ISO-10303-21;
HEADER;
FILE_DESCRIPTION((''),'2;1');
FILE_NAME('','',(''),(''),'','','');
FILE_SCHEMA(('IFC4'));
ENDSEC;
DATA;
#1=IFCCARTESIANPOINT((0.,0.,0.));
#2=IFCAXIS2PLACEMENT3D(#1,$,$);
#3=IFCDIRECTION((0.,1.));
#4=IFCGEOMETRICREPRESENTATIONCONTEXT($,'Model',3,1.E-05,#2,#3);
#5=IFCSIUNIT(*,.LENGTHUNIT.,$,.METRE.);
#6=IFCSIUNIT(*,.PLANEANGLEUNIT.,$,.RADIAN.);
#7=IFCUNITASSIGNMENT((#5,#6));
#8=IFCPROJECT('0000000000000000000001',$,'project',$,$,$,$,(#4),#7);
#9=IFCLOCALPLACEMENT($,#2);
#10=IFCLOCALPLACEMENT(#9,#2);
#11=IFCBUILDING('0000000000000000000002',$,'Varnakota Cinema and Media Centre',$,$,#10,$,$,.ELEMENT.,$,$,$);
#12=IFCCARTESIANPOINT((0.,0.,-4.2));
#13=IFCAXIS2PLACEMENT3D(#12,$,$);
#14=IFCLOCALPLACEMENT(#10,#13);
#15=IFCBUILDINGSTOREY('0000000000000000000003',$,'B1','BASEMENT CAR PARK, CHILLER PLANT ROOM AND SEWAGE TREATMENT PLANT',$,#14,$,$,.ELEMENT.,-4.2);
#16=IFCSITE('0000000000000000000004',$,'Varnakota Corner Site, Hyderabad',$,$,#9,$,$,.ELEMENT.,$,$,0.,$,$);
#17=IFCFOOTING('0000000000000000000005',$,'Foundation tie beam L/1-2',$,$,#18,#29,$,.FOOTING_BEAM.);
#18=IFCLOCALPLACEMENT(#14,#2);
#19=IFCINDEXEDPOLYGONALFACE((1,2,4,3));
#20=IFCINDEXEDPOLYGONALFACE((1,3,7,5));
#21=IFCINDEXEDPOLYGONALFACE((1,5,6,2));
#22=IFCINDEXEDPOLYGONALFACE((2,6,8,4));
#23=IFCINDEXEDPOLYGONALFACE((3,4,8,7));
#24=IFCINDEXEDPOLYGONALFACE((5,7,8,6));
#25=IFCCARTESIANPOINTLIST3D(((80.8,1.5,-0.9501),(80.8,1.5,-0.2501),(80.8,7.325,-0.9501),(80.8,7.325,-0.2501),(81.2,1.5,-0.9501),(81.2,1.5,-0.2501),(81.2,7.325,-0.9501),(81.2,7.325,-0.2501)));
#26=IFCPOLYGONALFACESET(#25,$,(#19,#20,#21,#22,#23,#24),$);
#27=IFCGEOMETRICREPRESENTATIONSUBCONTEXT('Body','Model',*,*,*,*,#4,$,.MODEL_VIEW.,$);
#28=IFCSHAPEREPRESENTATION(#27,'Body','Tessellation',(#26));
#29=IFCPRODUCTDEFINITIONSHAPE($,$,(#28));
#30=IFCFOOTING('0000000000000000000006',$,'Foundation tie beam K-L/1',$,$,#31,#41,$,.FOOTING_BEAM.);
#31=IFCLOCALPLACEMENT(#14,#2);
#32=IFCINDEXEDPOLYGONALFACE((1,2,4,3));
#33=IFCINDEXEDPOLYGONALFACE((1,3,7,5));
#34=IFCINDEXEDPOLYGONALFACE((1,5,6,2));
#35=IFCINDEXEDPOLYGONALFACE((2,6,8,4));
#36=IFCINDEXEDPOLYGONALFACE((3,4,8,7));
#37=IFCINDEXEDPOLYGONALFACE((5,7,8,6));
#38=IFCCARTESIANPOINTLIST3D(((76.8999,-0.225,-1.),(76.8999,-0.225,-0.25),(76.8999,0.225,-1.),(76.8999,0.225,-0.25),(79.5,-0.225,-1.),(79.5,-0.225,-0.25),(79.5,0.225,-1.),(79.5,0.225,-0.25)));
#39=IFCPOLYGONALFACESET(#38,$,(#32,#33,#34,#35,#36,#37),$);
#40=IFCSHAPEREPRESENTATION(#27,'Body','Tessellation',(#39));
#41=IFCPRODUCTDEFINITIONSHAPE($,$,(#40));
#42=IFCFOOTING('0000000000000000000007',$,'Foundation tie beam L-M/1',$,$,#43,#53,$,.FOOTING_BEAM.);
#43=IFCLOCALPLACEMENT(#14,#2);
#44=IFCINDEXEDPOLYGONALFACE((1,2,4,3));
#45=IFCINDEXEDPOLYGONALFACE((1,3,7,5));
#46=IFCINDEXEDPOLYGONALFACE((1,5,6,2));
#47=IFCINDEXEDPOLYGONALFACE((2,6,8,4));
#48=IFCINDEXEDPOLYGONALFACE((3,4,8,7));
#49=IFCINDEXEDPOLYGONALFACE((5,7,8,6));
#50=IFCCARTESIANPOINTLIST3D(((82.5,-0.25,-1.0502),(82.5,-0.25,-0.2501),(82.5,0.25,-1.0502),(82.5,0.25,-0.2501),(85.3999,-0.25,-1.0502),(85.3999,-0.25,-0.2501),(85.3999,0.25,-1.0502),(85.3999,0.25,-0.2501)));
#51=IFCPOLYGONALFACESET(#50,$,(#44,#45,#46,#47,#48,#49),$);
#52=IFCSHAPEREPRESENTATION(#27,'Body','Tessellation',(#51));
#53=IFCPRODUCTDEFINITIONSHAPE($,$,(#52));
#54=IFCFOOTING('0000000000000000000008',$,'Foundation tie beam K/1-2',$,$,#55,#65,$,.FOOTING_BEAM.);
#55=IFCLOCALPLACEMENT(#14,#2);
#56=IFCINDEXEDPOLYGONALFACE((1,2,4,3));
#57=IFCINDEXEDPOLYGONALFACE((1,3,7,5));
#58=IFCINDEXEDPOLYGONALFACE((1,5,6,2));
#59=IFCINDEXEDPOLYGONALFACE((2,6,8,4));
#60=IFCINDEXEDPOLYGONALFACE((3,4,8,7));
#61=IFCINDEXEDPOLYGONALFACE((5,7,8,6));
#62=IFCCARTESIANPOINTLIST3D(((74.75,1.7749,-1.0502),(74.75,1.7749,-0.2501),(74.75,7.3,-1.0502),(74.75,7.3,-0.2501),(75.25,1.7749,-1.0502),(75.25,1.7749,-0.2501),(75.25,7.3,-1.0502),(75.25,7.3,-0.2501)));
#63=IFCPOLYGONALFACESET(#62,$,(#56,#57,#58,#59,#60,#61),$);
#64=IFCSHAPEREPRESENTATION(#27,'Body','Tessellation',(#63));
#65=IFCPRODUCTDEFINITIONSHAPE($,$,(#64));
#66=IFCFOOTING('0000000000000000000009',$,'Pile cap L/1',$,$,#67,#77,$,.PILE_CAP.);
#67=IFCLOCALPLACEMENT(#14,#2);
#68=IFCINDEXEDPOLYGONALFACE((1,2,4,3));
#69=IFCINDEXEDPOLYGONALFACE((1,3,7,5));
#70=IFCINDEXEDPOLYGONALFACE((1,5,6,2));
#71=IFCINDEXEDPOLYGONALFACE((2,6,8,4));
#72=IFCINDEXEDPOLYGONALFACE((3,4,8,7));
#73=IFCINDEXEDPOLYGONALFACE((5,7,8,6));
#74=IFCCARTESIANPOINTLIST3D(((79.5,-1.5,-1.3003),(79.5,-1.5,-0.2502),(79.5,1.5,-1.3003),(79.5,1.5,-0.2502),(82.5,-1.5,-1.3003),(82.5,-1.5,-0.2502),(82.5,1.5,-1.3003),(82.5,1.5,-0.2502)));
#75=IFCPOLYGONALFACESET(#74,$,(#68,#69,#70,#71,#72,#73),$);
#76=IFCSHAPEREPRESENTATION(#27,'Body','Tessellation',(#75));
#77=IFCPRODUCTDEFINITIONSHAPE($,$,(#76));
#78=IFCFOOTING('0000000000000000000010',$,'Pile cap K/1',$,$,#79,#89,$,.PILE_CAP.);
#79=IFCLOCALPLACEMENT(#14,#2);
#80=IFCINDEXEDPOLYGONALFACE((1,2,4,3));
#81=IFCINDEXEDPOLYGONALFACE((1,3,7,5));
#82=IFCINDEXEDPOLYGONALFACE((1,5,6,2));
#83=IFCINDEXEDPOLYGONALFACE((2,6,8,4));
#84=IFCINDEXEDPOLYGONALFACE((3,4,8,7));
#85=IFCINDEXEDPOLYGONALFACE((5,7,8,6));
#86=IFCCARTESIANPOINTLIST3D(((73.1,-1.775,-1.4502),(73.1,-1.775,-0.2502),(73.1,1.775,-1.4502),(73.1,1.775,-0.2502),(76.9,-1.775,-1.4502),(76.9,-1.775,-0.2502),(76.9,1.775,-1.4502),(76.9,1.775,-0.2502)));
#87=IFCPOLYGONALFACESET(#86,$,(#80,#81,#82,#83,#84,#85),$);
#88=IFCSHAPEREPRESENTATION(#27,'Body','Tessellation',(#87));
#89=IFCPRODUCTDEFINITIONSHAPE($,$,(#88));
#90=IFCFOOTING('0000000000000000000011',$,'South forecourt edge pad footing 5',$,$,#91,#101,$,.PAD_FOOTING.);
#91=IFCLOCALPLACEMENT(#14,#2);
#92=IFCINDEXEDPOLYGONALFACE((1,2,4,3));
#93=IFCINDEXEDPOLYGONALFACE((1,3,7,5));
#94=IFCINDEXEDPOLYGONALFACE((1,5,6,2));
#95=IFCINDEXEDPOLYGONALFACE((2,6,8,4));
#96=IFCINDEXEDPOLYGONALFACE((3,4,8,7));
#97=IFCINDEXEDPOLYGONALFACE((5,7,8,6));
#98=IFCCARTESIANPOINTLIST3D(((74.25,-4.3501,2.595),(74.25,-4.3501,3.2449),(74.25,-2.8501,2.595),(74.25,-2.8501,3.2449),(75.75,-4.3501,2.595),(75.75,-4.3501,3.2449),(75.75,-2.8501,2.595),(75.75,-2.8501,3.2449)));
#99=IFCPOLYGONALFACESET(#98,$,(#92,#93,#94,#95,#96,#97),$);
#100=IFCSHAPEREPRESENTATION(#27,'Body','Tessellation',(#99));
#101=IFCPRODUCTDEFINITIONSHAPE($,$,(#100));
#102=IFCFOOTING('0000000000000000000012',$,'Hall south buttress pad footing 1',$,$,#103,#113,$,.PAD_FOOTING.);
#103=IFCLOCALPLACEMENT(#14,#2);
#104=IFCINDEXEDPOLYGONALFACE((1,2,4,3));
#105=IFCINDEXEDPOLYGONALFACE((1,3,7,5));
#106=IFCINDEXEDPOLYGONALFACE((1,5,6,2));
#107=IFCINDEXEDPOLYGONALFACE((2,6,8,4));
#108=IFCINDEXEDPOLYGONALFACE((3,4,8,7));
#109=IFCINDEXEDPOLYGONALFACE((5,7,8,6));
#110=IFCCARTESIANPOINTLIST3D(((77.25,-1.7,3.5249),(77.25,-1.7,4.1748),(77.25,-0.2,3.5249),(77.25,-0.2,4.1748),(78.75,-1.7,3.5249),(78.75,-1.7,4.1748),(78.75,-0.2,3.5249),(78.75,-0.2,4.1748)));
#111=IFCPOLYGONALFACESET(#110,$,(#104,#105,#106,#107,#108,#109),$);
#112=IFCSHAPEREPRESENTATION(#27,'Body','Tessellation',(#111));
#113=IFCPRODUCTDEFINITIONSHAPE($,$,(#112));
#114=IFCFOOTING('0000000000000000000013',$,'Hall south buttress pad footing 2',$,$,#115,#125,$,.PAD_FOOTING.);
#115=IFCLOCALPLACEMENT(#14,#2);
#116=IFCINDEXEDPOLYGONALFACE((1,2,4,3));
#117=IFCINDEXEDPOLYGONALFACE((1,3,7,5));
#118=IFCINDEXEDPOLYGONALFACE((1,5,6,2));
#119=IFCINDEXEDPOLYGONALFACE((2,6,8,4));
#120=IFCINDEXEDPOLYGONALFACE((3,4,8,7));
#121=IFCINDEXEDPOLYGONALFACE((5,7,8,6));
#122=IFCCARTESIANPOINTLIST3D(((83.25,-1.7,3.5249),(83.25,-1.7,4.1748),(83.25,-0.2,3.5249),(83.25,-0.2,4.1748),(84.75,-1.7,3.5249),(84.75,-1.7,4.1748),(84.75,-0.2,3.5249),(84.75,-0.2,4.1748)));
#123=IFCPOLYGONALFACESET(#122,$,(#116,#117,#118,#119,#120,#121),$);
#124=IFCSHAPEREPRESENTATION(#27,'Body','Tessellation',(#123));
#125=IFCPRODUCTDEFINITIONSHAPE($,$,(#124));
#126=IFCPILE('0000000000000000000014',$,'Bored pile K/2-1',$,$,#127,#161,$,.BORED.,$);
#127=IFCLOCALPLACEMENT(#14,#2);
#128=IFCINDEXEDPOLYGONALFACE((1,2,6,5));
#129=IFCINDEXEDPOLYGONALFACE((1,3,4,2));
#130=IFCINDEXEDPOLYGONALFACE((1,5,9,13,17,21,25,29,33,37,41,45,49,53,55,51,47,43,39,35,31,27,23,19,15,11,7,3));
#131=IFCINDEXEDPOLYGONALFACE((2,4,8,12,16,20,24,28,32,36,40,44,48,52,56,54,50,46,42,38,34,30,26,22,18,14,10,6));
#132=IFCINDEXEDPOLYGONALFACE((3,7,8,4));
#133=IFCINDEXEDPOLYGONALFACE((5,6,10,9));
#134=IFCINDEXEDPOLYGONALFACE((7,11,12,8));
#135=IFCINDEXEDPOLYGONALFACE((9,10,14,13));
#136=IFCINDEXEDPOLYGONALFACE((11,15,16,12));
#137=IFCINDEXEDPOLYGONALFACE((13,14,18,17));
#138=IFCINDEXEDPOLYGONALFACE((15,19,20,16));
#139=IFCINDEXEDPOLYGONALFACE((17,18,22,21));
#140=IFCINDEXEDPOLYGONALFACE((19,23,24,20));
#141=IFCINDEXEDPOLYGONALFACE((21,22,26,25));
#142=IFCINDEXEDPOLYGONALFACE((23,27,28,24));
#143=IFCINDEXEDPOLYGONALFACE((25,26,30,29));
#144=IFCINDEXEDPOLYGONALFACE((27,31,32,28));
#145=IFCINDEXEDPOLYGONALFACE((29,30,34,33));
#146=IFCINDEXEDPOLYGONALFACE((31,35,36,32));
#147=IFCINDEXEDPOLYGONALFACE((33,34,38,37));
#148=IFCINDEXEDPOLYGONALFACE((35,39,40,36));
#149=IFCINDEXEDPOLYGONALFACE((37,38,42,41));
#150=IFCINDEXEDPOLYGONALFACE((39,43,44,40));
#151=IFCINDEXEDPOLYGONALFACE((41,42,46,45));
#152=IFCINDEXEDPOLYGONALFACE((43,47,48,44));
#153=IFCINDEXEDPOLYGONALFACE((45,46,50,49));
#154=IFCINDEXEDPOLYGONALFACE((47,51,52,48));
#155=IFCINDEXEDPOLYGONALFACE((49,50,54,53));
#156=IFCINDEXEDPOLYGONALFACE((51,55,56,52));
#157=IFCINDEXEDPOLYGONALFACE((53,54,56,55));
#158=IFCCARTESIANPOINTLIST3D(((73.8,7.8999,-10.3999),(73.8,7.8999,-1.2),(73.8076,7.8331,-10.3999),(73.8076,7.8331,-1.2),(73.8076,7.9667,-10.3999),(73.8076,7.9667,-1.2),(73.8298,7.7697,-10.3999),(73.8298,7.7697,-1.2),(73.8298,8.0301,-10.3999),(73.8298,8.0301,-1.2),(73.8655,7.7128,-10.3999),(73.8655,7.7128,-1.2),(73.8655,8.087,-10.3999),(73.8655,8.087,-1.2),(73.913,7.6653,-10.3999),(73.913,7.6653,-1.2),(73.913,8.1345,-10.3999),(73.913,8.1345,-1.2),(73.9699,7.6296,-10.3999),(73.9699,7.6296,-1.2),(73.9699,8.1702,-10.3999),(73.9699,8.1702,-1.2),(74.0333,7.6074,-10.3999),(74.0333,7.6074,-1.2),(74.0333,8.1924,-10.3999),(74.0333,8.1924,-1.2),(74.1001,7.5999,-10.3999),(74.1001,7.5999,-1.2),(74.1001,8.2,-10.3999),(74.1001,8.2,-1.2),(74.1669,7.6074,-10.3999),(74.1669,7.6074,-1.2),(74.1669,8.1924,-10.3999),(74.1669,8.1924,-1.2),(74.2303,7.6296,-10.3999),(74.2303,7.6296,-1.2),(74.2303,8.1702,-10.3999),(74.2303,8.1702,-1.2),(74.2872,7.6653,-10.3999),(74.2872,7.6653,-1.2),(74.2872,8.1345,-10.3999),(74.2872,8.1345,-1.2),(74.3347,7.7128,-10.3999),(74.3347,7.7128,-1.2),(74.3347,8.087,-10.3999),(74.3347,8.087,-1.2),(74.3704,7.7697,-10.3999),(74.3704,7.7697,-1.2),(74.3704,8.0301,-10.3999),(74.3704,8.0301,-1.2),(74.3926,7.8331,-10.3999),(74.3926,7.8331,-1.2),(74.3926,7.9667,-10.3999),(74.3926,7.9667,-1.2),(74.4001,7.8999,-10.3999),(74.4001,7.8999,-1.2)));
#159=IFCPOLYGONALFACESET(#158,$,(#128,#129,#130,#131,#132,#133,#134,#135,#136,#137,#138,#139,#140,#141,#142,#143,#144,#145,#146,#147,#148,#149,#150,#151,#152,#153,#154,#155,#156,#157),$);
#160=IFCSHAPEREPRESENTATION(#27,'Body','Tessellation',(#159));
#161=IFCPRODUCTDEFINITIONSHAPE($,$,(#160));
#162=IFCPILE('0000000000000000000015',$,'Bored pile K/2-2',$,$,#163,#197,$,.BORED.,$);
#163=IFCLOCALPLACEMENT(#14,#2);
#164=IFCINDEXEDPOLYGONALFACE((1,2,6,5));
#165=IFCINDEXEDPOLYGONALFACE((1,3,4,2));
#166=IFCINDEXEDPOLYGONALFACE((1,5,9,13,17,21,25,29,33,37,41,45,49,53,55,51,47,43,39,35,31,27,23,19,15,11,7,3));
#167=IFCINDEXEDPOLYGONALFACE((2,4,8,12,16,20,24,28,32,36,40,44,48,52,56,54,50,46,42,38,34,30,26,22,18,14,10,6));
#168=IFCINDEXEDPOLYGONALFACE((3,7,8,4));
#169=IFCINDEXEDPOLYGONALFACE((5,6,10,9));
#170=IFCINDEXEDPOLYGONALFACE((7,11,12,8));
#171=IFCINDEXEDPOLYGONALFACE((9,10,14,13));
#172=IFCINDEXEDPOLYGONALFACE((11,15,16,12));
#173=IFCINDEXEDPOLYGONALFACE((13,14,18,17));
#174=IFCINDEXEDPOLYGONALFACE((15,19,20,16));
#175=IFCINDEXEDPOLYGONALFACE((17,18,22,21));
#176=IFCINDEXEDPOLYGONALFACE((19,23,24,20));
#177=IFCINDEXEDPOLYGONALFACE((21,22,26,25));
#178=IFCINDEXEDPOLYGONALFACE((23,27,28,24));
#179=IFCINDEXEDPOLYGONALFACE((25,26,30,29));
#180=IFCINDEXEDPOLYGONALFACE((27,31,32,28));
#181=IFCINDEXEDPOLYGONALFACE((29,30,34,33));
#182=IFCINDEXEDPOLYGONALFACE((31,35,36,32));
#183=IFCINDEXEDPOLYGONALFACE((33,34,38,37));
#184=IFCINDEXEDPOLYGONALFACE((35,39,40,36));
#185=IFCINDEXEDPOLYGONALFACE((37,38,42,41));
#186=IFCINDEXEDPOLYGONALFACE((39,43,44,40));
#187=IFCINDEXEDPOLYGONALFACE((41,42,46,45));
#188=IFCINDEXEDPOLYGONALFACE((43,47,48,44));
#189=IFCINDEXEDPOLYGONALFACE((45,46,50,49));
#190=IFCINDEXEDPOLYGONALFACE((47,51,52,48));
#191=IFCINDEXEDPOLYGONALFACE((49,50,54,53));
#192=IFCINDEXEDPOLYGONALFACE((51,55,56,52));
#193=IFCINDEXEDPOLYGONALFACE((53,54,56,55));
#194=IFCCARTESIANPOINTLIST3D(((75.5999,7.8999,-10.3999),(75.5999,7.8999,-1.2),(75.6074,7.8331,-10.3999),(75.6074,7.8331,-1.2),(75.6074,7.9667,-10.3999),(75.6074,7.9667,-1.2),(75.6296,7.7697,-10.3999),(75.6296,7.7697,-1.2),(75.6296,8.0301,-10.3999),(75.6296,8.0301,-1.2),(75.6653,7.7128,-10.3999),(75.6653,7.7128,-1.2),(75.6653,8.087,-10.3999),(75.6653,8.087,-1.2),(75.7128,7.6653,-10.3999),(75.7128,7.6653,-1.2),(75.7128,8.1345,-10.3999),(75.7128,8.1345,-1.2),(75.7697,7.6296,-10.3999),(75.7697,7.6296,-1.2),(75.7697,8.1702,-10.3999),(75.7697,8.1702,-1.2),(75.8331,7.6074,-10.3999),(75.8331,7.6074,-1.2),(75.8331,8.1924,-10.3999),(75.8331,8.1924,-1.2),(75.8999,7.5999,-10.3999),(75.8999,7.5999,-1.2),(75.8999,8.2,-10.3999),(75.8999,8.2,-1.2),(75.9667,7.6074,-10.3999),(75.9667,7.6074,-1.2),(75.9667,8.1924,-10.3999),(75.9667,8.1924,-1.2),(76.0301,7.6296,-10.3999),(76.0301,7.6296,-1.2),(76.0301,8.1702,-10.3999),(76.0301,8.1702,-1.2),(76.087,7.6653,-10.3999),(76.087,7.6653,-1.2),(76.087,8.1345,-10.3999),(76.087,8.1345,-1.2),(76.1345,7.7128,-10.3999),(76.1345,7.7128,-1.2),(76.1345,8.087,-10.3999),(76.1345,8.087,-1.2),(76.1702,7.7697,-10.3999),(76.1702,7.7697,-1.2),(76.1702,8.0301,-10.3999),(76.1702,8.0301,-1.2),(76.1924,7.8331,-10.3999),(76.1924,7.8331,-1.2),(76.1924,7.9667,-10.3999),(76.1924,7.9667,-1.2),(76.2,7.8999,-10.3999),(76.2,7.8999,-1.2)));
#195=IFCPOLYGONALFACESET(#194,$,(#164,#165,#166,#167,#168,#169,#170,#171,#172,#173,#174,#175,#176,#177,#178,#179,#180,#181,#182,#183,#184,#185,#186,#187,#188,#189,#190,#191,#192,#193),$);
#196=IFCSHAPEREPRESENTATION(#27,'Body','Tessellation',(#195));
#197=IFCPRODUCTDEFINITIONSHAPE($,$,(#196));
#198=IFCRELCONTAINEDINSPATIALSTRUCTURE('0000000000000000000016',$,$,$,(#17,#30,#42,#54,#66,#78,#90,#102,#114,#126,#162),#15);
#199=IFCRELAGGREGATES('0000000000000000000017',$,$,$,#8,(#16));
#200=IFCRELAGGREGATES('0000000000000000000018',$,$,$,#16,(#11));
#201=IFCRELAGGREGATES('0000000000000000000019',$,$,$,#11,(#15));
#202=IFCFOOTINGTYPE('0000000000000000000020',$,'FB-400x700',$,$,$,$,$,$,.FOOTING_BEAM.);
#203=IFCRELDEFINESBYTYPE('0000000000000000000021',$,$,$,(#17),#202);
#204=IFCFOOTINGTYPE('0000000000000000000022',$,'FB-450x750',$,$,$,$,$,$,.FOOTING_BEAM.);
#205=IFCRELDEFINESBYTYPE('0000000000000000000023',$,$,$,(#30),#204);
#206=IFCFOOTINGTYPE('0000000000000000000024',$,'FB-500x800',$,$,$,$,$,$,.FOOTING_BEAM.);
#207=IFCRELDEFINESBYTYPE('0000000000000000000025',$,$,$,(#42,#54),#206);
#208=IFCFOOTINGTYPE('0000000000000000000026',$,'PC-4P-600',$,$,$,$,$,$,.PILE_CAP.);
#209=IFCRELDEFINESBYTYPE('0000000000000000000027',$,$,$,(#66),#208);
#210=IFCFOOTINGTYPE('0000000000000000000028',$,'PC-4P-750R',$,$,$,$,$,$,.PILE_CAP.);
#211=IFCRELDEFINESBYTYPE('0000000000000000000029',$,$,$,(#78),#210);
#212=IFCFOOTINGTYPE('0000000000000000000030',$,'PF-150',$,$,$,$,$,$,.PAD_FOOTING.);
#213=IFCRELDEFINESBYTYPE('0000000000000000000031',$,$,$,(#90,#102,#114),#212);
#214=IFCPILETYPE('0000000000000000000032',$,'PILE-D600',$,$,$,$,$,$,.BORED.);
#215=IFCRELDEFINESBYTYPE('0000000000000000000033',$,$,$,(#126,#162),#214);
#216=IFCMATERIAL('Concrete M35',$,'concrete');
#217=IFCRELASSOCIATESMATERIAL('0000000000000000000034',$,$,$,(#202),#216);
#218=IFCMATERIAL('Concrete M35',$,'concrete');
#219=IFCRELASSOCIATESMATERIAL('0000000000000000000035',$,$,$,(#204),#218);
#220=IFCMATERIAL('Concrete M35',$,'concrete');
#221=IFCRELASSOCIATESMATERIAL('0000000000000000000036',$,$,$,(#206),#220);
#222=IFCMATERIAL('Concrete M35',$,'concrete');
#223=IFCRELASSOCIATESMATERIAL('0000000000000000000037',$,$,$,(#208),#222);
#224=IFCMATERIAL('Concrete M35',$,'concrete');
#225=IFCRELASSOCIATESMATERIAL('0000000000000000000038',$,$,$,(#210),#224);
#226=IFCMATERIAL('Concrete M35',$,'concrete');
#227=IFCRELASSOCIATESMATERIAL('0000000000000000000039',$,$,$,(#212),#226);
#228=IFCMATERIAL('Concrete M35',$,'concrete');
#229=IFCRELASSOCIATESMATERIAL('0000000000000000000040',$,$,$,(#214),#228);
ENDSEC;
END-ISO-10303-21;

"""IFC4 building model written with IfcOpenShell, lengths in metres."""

from ifc_helpers import new_model, si_unit, direction, frame, origin, origin_2d, place, context, subcontext, project, spatial, rectangle, circle, extrude, material, material_profile, profile_set, type_object, element, save


model = new_model("IFC4")

# Units and contexts
model_context = context("Model", 3, precision=1e-05, world=origin(), true_north=direction((0.0, 1.0)))
body_context = subcontext(model_context, "Body", "Model", "MODEL_VIEW")
ifc_project = project(units=[si_unit("LENGTHUNIT", "METRE"), si_unit("PLANEANGLEUNIT", "RADIAN")], contexts=[model_context])

# Site, building, storey
site_placement = place(None, origin())
site = spatial("IfcSite", under=ifc_project, at=site_placement, Name="Varnakota Corner Site, Hyderabad", CompositionType="ELEMENT", RefElevation=0.0)
building_placement = place(site_placement, origin())
building = spatial("IfcBuilding", under=site, at=building_placement, Name="Varnakota Cinema and Media Centre", CompositionType="ELEMENT")
storey_placement = place(building_placement, frame((0.0, 0.0, -4.2)))
storey = spatial("IfcBuildingStorey", under=building, at=storey_placement, Name="B1", Description="BASEMENT CAR PARK, CHILLER PLANT ROOM AND SEWAGE TREATMENT PLANT", CompositionType="ELEMENT", Elevation=-4.2)

# Footings
ifc_material_1 = material(Name="Concrete M35", Category="concrete")
ifc_material_profile_1 = material_profile(ifc_material_1, rectangle(XDim=0.3999, YDim=0.7, at=origin_2d()), Name="FB 400x700")
ifc_profile_set_1 = profile_set([ifc_material_profile_1], Name="Concrete M35")
footing_type_1 = type_object("IfcFootingType", Name="FB-400x700", PredefinedType="FOOTING_BEAM", material=ifc_profile_set_1)
footing_1_placement = place(storey_placement, frame((81.0, 1.5, -0.6001), z_axis=(0.0, 1.0, 0.0), x_axis=(-1.0, 0.0, 0.0)))
element("IfcFooting", 1, at=footing_1_placement, inside=storey, type_object=footing_type_1, Name="Foundation tie beam L/1-2", PredefinedType="FOOTING_BEAM", context=body_context, shape_type="SweptSolid", body=[
    extrude(rectangle(XDim=0.3999, YDim=0.7, at=origin_2d()), origin(), (0.0, 0.0, 1.0), 5.825),
])
ifc_material_2 = material(Name="Concrete M35", Category="concrete")
ifc_material_profile_2 = material_profile(ifc_material_2, rectangle(XDim=0.45, YDim=0.75, at=origin_2d()), Name="FB 450x750")
ifc_profile_set_2 = profile_set([ifc_material_profile_2], Name="Concrete M35")
footing_type_2 = type_object("IfcFootingType", Name="FB-450x750", PredefinedType="FOOTING_BEAM", material=ifc_profile_set_2)
footing_2_placement = place(storey_placement, frame((76.8999, 0.0, -0.625), z_axis=(1.0, 0.0, 0.0), x_axis=(0.0, 1.0, 0.0)))
element("IfcFooting", 2, at=footing_2_placement, inside=storey, type_object=footing_type_2, Name="Foundation tie beam K-L/1", PredefinedType="FOOTING_BEAM", context=body_context, shape_type="SweptSolid", body=[
    extrude(rectangle(XDim=0.45, YDim=0.75, at=origin_2d()), origin(), (0.0, 0.0, 1.0), 2.6001),
])
ifc_material_3 = material(Name="Concrete M35", Category="concrete")
ifc_material_profile_3 = material_profile(ifc_material_3, rectangle(XDim=0.5, YDim=0.8, at=origin_2d()), Name="FB 500x800")
ifc_profile_set_3 = profile_set([ifc_material_profile_3], Name="Concrete M35")
footing_type_3 = type_object("IfcFootingType", Name="FB-500x800", PredefinedType="FOOTING_BEAM", material=ifc_profile_set_3)
footing_3_placement = place(storey_placement, frame((82.5, 0.0, -0.6501), z_axis=(1.0, 0.0, 0.0), x_axis=(0.0, 1.0, 0.0)))
element("IfcFooting", 3, at=footing_3_placement, inside=storey, type_object=footing_type_3, Name="Foundation tie beam L-M/1", PredefinedType="FOOTING_BEAM", context=body_context, shape_type="SweptSolid", body=[
    extrude(rectangle(XDim=0.5, YDim=0.8, at=origin_2d()), origin(), (0.0, 0.0, 1.0), 2.8999),
])
footing_4_placement = place(storey_placement, frame((75.0, 1.7749, -0.6501), z_axis=(0.0, 1.0, 0.0), x_axis=(-1.0, 0.0, 0.0)))
element("IfcFooting", 4, at=footing_4_placement, inside=storey, type_object=footing_type_3, Name="Foundation tie beam K/1-2", PredefinedType="FOOTING_BEAM", context=body_context, shape_type="SweptSolid", body=[
    extrude(rectangle(XDim=0.5, YDim=0.8, at=origin_2d()), origin(), (0.0, 0.0, 1.0), 5.5251),
])
ifc_material_4 = material(Name="Concrete M35", Category="concrete")
footing_type_4 = type_object("IfcFootingType", Name="PC-4P-600", PredefinedType="PILE_CAP", material=ifc_material_4)
footing_5_placement = place(storey_placement, frame((81.0, 0.0, -1.3003), z_axis=(0.0, 0.0, 1.0), x_axis=(1.0, 0.0, 0.0)))
element("IfcFooting", 5, at=footing_5_placement, inside=storey, type_object=footing_type_4, Name="Pile cap L/1", PredefinedType="PILE_CAP", context=body_context, shape_type="SweptSolid", body=[
    extrude(rectangle(XDim=3.0, YDim=3.0, at=origin_2d()), origin(), (0.0, 0.0, 1.0), 1.05),
])
ifc_material_5 = material(Name="Concrete M35", Category="concrete")
footing_type_5 = type_object("IfcFootingType", Name="PC-4P-750R", PredefinedType="PILE_CAP", material=ifc_material_5)
footing_6_placement = place(storey_placement, frame((75.0, 0.0, -1.4502), z_axis=(0.0, 0.0, 1.0), x_axis=(1.0, 0.0, 0.0)))
element("IfcFooting", 6, at=footing_6_placement, inside=storey, type_object=footing_type_5, Name="Pile cap K/1", PredefinedType="PILE_CAP", context=body_context, shape_type="SweptSolid", body=[
    extrude(rectangle(XDim=3.8, YDim=3.55, at=origin_2d()), origin(), (0.0, 0.0, 1.0), 1.2),
])
ifc_material_6 = material(Name="Concrete M35", Category="concrete")
footing_type_6 = type_object("IfcFootingType", Name="PF-150", PredefinedType="PAD_FOOTING", material=ifc_material_6)
for number, where, z_axis, x_axis, name in (
    (7, (75.0, -3.6001, 2.595), (0.0, 0.0, 1.0), (1.0, 0.0, 0.0), "South forecourt edge pad footing 5"),
    (8, (78.0, -0.95, 3.5249), (0.0, 0.0, 1.0), (1.0, 0.0, 0.0), "Hall south buttress pad footing 1"),
    (9, (84.0, -0.95, 3.5249), (0.0, 0.0, 1.0), (1.0, 0.0, 0.0), "Hall south buttress pad footing 2"),
):
    element("IfcFooting", number, at=place(storey_placement, frame(where, z_axis=z_axis, x_axis=x_axis)), inside=storey, type_object=footing_type_6, Name=name, PredefinedType="PAD_FOOTING", context=body_context, shape_type="SweptSolid", body=[
        extrude(rectangle(XDim=1.5, YDim=1.5, at=origin_2d()), origin(), (0.0, 0.0, 1.0), 0.6499),
    ])

# Piles
ifc_material_7 = material(Name="Concrete M35", Category="concrete")
ifc_material_profile_4 = material_profile(ifc_material_7, circle(Radius=0.3, at=origin_2d()), Name="PILE D600")
ifc_profile_set_4 = profile_set([ifc_material_profile_4], Name="Concrete M35")
pile_type_1 = type_object("IfcPileType", Name="PILE-D600", PredefinedType="BORED", material=ifc_profile_set_4)
for number, where, z_axis, x_axis, name in (
    (10, (74.1001, 7.8999, -1.2), (0.0, 0.0, -1.0), (1.0, 0.0, 0.0), "Bored pile K/2-1"),
    (11, (75.8999, 7.8999, -1.2), (0.0, 0.0, -1.0), (1.0, 0.0, 0.0), "Bored pile K/2-2"),
):
    element("IfcPile", number, at=place(storey_placement, frame(where, z_axis=z_axis, x_axis=x_axis)), inside=storey, type_object=pile_type_1, Name=name, PredefinedType="BORED", context=body_context, shape_type="SweptSolid", body=[
        extrude(circle(Radius=0.3, at=origin_2d()), origin(), (0.0, 0.0, 1.0), 9.2),
    ])

save(model, "model.ifc")
